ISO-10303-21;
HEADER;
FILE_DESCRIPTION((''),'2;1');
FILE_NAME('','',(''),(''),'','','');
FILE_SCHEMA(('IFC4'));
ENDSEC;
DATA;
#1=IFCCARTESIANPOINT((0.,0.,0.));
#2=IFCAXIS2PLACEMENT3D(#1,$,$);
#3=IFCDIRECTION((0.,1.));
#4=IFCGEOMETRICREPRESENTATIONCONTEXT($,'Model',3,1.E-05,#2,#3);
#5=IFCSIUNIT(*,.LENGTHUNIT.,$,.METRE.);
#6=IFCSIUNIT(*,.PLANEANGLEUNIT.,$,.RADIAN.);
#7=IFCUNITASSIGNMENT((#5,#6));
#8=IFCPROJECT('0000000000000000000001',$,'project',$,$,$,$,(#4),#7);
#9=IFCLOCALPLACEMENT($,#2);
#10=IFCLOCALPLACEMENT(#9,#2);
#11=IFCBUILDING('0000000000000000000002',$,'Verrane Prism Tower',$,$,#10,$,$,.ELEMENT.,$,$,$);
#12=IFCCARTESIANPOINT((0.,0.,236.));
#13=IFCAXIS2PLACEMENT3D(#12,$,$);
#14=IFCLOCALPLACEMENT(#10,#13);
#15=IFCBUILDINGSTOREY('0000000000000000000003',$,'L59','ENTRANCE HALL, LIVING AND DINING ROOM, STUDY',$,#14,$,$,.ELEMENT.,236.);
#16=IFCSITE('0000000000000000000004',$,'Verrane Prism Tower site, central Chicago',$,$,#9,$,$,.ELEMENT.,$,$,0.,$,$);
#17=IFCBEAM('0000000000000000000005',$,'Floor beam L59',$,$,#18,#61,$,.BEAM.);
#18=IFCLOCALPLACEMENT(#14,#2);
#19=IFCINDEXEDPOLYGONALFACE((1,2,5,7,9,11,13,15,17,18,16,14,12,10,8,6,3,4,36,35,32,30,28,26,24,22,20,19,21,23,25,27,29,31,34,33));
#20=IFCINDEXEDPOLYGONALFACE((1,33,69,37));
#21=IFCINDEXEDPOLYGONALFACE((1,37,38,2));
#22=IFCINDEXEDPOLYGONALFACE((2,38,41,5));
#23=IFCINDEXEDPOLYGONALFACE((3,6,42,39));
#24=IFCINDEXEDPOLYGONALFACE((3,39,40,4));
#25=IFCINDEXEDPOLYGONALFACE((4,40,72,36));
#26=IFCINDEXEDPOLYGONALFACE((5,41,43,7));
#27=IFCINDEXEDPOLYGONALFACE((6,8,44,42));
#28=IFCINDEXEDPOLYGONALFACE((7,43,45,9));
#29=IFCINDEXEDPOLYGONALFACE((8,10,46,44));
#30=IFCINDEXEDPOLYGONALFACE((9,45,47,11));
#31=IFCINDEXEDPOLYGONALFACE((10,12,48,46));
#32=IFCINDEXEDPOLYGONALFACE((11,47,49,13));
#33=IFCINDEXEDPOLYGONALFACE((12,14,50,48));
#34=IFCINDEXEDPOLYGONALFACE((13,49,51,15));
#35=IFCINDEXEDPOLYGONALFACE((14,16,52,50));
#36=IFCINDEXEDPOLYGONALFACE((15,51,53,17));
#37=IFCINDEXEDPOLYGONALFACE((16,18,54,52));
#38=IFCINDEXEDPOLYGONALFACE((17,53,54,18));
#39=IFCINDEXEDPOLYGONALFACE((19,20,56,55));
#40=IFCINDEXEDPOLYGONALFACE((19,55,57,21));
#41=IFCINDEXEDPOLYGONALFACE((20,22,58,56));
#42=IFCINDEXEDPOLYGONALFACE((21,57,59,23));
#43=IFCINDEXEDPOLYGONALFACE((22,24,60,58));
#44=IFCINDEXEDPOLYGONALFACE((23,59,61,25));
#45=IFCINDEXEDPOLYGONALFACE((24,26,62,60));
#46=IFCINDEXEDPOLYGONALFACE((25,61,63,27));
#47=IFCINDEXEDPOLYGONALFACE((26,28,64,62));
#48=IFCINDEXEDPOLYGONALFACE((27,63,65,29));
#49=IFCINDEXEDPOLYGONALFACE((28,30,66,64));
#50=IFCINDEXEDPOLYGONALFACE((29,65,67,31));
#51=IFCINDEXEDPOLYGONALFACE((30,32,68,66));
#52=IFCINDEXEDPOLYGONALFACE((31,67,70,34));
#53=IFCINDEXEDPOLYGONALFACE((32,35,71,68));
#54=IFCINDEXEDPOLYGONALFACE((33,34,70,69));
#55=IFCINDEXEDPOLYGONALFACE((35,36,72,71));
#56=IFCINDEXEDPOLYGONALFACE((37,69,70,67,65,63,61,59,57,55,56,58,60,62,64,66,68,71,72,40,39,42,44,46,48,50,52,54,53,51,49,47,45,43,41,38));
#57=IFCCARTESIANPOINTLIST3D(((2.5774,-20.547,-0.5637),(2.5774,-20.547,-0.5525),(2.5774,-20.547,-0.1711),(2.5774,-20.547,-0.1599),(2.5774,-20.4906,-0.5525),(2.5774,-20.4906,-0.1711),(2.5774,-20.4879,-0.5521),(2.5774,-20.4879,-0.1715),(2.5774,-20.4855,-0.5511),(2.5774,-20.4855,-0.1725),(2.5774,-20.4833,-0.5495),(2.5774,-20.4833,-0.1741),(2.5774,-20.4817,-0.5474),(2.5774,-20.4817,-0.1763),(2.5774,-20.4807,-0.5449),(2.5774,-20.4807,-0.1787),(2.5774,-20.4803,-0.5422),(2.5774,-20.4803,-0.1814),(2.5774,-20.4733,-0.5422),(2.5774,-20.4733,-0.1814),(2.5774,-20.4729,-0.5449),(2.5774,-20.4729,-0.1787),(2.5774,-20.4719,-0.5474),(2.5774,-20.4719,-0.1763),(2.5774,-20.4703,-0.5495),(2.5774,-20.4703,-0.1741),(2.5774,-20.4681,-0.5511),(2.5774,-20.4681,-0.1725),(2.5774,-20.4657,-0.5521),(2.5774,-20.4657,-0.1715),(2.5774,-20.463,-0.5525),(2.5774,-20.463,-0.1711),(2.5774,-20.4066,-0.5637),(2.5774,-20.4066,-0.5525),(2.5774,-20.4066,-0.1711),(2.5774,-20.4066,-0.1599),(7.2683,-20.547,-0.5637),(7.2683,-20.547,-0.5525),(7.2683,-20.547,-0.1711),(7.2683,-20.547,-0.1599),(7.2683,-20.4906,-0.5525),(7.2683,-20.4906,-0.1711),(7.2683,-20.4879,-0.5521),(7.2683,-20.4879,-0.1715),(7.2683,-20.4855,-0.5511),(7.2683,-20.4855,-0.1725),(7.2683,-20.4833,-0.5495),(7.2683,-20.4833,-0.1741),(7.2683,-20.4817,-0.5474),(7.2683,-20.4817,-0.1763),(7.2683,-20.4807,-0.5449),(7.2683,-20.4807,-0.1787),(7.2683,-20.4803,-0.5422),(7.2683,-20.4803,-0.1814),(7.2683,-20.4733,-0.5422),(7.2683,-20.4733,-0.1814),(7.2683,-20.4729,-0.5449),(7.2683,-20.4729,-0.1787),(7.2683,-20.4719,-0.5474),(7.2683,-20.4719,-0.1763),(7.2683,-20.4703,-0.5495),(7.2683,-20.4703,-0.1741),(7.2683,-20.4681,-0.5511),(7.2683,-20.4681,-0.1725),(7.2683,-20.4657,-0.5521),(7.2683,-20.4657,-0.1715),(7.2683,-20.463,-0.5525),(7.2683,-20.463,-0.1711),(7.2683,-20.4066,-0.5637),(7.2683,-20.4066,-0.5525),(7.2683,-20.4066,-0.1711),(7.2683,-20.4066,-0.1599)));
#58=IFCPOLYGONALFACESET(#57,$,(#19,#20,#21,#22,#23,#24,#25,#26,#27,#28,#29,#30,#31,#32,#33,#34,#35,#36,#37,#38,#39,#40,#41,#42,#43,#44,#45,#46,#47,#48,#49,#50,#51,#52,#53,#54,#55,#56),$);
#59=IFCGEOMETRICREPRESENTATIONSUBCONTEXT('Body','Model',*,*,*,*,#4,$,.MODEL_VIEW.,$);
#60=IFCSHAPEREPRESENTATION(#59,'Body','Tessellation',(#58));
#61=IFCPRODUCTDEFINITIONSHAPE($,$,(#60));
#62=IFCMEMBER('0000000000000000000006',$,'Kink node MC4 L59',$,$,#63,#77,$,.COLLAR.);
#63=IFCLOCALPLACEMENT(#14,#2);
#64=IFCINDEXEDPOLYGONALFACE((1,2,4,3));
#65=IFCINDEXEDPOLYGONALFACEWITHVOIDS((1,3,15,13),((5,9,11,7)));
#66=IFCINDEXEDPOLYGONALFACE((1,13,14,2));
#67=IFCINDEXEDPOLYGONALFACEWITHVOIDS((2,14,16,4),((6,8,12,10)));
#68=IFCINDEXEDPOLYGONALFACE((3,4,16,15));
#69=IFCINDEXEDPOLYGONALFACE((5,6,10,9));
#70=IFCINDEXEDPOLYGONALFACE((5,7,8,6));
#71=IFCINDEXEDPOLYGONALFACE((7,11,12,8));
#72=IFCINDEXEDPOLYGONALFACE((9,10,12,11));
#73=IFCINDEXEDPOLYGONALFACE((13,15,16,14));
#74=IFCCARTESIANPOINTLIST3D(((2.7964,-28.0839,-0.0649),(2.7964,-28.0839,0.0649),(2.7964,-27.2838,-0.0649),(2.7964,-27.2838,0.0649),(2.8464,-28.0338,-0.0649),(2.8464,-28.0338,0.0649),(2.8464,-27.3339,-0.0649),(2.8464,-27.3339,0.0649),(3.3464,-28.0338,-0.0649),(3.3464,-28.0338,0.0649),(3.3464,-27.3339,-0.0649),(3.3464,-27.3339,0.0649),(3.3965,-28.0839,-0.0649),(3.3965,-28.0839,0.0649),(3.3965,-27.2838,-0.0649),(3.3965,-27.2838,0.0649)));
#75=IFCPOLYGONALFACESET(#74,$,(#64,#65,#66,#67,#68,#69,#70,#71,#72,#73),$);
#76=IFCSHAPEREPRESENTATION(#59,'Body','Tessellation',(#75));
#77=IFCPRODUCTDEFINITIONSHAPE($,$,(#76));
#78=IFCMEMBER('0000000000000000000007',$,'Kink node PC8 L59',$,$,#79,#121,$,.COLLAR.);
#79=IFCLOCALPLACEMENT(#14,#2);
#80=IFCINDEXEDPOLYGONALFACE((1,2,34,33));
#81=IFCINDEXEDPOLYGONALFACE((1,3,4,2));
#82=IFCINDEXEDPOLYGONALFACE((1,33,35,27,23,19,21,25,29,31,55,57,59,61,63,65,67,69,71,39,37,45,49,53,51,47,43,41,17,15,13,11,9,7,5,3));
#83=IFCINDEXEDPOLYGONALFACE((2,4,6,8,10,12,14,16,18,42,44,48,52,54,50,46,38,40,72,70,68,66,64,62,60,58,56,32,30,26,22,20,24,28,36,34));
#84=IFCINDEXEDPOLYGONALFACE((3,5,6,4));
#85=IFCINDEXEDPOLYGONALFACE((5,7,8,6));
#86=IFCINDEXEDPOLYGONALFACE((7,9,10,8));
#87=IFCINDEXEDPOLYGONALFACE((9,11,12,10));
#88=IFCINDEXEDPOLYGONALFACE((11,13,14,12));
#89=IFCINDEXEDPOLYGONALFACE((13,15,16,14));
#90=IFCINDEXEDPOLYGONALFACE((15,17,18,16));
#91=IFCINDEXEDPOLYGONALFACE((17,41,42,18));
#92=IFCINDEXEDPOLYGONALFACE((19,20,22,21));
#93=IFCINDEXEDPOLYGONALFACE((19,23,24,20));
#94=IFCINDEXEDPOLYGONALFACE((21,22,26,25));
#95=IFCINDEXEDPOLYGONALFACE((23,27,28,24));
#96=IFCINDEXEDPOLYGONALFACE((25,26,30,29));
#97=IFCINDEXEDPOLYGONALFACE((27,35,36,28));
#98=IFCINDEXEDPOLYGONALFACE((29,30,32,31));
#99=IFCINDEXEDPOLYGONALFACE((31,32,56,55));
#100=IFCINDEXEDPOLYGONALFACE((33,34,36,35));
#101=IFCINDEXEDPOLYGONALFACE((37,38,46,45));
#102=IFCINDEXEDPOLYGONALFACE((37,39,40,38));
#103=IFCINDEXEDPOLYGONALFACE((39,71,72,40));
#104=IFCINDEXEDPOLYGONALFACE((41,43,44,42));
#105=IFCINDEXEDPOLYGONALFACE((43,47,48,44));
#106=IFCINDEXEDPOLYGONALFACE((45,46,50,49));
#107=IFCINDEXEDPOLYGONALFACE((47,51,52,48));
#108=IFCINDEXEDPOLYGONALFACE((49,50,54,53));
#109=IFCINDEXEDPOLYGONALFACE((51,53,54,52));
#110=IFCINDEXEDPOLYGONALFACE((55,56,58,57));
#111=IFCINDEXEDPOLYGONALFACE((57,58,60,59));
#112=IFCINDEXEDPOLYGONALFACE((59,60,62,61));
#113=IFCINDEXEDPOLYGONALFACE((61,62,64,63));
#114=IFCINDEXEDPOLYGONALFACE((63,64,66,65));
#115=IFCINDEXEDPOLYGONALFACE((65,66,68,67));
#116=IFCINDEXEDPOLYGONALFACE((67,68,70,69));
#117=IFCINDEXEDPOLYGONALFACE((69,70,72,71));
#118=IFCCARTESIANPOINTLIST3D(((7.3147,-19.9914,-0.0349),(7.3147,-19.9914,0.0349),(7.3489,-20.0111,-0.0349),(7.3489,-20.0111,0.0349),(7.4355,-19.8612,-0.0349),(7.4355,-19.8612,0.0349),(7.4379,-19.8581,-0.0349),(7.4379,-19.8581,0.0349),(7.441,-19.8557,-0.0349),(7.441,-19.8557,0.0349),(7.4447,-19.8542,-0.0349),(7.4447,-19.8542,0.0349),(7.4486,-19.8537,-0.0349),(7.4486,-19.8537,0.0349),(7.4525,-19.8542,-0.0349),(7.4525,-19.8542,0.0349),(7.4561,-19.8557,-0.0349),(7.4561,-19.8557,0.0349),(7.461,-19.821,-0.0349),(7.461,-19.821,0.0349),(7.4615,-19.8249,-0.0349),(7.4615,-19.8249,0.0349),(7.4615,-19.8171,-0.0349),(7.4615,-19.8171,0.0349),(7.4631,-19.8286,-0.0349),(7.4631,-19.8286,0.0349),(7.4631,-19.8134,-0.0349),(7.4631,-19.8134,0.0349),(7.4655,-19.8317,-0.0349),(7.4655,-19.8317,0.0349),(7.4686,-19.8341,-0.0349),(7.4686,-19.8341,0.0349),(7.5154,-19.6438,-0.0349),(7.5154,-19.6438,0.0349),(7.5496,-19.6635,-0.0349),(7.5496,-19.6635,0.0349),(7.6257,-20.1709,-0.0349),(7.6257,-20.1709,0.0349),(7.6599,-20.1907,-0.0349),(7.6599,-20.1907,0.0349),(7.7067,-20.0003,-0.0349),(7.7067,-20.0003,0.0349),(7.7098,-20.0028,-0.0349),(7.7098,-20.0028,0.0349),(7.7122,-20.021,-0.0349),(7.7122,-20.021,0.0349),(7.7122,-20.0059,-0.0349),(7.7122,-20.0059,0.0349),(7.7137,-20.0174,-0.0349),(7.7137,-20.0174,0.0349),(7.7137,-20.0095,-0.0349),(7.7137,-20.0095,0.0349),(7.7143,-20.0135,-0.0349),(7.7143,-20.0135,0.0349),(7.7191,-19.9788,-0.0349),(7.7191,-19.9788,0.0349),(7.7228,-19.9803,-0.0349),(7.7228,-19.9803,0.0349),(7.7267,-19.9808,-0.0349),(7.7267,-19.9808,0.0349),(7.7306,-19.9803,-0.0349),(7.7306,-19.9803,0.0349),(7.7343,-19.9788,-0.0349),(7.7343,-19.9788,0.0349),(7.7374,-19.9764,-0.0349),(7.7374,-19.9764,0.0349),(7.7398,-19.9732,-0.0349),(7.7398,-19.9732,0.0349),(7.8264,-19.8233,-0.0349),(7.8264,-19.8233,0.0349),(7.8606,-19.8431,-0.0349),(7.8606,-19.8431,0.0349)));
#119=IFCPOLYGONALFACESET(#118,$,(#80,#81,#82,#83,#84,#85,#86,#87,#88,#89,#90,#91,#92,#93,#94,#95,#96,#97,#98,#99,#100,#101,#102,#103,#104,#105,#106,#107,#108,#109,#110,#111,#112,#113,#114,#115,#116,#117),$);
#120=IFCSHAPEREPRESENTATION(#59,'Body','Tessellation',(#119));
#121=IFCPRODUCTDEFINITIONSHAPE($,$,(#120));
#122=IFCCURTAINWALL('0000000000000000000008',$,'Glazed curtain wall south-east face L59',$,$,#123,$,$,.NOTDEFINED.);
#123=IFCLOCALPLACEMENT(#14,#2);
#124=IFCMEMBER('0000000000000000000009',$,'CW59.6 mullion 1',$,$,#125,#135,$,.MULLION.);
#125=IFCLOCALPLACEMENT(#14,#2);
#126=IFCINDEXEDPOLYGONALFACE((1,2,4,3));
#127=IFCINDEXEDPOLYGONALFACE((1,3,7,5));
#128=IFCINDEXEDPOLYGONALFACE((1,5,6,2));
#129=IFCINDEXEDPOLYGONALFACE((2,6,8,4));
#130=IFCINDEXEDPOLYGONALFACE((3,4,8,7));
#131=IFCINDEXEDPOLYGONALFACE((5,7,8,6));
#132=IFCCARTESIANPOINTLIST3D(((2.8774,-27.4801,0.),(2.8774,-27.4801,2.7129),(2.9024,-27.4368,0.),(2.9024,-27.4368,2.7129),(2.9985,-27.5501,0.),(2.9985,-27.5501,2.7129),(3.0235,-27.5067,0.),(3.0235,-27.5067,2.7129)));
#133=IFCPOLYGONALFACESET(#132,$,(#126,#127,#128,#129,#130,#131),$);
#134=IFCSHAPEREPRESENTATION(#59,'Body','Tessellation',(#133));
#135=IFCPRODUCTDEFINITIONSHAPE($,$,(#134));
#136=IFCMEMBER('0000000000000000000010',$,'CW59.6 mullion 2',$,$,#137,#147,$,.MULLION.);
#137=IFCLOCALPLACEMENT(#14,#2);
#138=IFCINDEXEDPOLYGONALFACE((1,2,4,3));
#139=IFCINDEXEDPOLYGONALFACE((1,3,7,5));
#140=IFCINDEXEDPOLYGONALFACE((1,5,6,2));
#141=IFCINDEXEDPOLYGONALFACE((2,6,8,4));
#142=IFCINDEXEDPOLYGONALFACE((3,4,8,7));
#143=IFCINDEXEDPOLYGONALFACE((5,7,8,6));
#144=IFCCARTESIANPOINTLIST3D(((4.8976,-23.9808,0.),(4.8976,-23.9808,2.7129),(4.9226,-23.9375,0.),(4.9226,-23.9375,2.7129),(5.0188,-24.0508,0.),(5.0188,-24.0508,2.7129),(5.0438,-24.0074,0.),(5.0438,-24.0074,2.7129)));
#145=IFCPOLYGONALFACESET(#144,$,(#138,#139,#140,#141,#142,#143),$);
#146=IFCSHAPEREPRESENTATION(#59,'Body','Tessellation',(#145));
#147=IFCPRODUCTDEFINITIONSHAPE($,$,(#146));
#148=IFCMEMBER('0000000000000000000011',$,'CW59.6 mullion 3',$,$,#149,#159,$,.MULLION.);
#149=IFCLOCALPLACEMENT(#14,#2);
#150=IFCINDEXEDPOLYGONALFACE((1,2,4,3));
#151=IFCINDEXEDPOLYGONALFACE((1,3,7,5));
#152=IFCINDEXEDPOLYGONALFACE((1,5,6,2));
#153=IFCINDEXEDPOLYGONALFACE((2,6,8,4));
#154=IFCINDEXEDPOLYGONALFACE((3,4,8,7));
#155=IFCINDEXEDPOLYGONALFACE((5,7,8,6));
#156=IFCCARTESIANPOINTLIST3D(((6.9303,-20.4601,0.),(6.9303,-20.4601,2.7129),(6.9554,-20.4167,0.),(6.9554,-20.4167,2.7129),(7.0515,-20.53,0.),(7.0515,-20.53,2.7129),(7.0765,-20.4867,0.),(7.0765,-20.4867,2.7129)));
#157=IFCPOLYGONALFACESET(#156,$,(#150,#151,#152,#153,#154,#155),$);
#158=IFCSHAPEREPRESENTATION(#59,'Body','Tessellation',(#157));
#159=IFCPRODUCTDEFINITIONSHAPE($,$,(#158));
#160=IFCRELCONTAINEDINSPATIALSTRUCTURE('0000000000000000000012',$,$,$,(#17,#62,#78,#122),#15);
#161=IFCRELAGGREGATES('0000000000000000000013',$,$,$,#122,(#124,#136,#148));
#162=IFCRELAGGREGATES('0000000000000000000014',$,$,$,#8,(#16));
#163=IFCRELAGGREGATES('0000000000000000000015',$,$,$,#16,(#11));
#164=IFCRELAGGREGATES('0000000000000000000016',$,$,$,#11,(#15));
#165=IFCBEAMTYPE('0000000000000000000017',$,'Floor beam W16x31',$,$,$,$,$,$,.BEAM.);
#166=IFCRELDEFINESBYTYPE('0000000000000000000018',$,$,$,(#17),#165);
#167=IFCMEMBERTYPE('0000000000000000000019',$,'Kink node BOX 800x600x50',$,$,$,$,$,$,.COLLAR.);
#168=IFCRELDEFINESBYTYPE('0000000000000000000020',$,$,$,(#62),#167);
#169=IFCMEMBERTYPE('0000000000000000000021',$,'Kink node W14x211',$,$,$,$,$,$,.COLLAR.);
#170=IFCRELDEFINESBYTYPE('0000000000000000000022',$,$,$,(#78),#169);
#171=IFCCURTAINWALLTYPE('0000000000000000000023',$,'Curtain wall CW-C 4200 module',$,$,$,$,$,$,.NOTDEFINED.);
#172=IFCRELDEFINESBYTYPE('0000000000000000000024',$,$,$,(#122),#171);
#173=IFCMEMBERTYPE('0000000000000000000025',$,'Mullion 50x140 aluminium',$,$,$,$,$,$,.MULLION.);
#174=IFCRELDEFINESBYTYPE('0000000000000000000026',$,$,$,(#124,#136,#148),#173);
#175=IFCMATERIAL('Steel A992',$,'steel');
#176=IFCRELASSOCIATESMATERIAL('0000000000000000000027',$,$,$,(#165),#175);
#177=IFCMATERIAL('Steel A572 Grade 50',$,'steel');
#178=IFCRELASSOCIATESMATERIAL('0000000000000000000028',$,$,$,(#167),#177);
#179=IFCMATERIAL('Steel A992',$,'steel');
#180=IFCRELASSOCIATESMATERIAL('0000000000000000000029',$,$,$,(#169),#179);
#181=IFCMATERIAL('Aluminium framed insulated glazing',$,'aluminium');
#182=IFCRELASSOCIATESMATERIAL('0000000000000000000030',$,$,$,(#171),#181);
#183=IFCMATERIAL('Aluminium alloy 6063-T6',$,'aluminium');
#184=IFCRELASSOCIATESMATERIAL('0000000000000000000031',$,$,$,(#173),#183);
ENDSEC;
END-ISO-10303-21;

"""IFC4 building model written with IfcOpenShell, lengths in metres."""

from ifc_helpers import new_model, si_unit, direction, frame, origin, origin_2d, place, context, subcontext, project, spatial, rectangle, hollow_rectangle, i_section, extrude, material, material_profile, profile_set, type_object, element, aggregate, save


model = new_model("IFC4")

# Units and contexts
model_context = context("Model", 3, precision=1e-05, world=origin(), true_north=direction((0.0, 1.0)))
body_context = subcontext(model_context, "Body", "Model", "MODEL_VIEW")
ifc_project = project(units=[si_unit("LENGTHUNIT", "METRE"), si_unit("PLANEANGLEUNIT", "RADIAN")], contexts=[model_context])

# Site, building, storey
site_placement = place(None, origin())
site = spatial("IfcSite", under=ifc_project, at=site_placement, Name="Verrane Prism Tower site, central Chicago", CompositionType="ELEMENT", RefElevation=0.0)
building_placement = place(site_placement, origin())
building = spatial("IfcBuilding", under=site, at=building_placement, Name="Verrane Prism Tower", CompositionType="ELEMENT")
storey_placement = place(building_placement, frame((0.0, 0.0, 236.0)))
storey = spatial("IfcBuildingStorey", under=building, at=storey_placement, Name="L59", Description="ENTRANCE HALL, LIVING AND DINING ROOM, STUDY", CompositionType="ELEMENT", Elevation=236.0)

# Beam
ifc_material_1 = material(Name="Steel A992", Category="steel")
ifc_material_profile_1 = material_profile(ifc_material_1, i_section(OverallWidth=0.1404, OverallDepth=0.4038, WebThickness=0.0071, FlangeThickness=0.0112, FilletRadius=0.0103, at=origin_2d()), Name="W16x31")
ifc_profile_set_1 = profile_set([ifc_material_profile_1], Name="Steel A992")
beam_type_1 = type_object("IfcBeamType", Name="Floor beam W16x31", PredefinedType="BEAM", material=ifc_profile_set_1)
beam_1_placement = place(storey_placement, frame((2.5774, -20.4768, -0.3618), z_axis=(1.0, 0.0, 0.0), x_axis=(0.0, 1.0, 0.0)))
element("IfcBeam", 1, at=beam_1_placement, inside=storey, type_object=beam_type_1, Name="Floor beam L59", PredefinedType="BEAM", context=body_context, shape_type="SweptSolid", body=[
    extrude(i_section(OverallWidth=0.1404, OverallDepth=0.4038, WebThickness=0.0071, FlangeThickness=0.0112, FilletRadius=0.0103, at=origin_2d()), origin(), (0.0, 0.0, 1.0), 4.6909),
])

# Members
ifc_material_2 = material(Name="Steel A572 Grade 50", Category="steel")
ifc_material_profile_2 = material_profile(ifc_material_2, hollow_rectangle(XDim=0.6001, YDim=0.8, WallThickness=0.05, at=origin_2d()), Name="BOX 800x600x50")
ifc_profile_set_2 = profile_set([ifc_material_profile_2], Name="Steel A572 Grade 50")
member_type_1 = type_object("IfcMemberType", Name="Kink node BOX 800x600x50", PredefinedType="COLLAR", material=ifc_profile_set_2)
member_1_placement = place(storey_placement, frame((3.0964, -27.6838, -0.0649), z_axis=(0.0, 0.0, 1.0), x_axis=(-1.0, 0.0, 0.0)))
element("IfcMember", 2, at=member_1_placement, inside=storey, type_object=member_type_1, Name="Kink node MC4 L59", PredefinedType="COLLAR", context=body_context, shape_type="SweptSolid", body=[
    extrude(hollow_rectangle(XDim=0.6001, YDim=0.8, WallThickness=0.05, at=origin_2d()), origin(), (0.0, 0.0, 1.0), 0.1299),
])
ifc_material_3 = material(Name="Steel A992", Category="steel")
ifc_material_profile_3 = material_profile(ifc_material_3, i_section(OverallWidth=0.4014, OverallDepth=0.3987, WebThickness=0.0249, FlangeThickness=0.0396, FilletRadius=0.0151, at=origin_2d()), Name="W14x211")
ifc_profile_set_3 = profile_set([ifc_material_profile_3], Name="Steel A992")
member_type_2 = type_object("IfcMemberType", Name="Kink node W14x211", PredefinedType="COLLAR", material=ifc_profile_set_3)
member_2_placement = place(storey_placement, frame((7.5876, -19.9172, -0.0349), z_axis=(0.0, 0.0, 1.0), x_axis=(-0.5, -0.866025, 0.0)))
element("IfcMember", 3, at=member_2_placement, inside=storey, type_object=member_type_2, Name="Kink node PC8 L59", PredefinedType="COLLAR", context=body_context, shape_type="SweptSolid", body=[
    extrude(i_section(OverallWidth=0.4014, OverallDepth=0.3987, WebThickness=0.0249, FlangeThickness=0.0396, FilletRadius=0.0151, at=origin_2d()), origin(), (0.0, 0.0, 1.0), 0.0698),
])

# Curtain wall, members
ifc_material_4 = material(Name="Aluminium framed insulated glazing", Category="aluminium")
curtain_wall_type_1 = type_object("IfcCurtainWallType", Name="Curtain wall CW-C 4200 module", PredefinedType="NOTDEFINED", material=ifc_material_4)
curtain_wall_1_placement = place(storey_placement, origin())
curtain_wall_1 = element("IfcCurtainWall", 4, at=curtain_wall_1_placement, inside=storey, type_object=curtain_wall_type_1, Name="Glazed curtain wall south-east face L59", PredefinedType="NOTDEFINED")
ifc_material_5 = material(Name="Aluminium alloy 6063-T6", Category="aluminium")
ifc_material_profile_4 = material_profile(ifc_material_5, rectangle(XDim=0.1399, YDim=0.05, at=origin_2d()), Name="Mullion 50x140 aluminium")
ifc_profile_set_4 = profile_set([ifc_material_profile_4], Name="Aluminium alloy 6063-T6")
member_type_3 = type_object("IfcMemberType", Name="Mullion 50x140 aluminium", PredefinedType="MULLION", material=ifc_profile_set_4)
member_3_placement = place(storey_placement, frame((2.9504, -27.4934, 0.0), z_axis=(0.0, 0.0, 1.0), x_axis=(-0.866026, 0.499999, 0.0)))
member_3 = element("IfcMember", 5, at=member_3_placement, type_object=member_type_3, Name="CW59.6 mullion 1", PredefinedType="MULLION", context=body_context, shape_type="SweptSolid", body=[
    extrude(rectangle(XDim=0.1399, YDim=0.05, at=origin_2d()), origin(), (0.0, 0.0, 1.0), 2.7129),
])
member_4_placement = place(storey_placement, frame((4.9707, -23.9941, 0.0), z_axis=(0.0, 0.0, 1.0), x_axis=(-0.866026, 0.499999, 0.0)))
member_4 = element("IfcMember", 6, at=member_4_placement, type_object=member_type_3, Name="CW59.6 mullion 2", PredefinedType="MULLION", context=body_context, shape_type="SweptSolid", body=[
    extrude(rectangle(XDim=0.1399, YDim=0.05, at=origin_2d()), origin(), (0.0, 0.0, 1.0), 2.7129),
])
member_5_placement = place(storey_placement, frame((7.0034, -20.4734, 0.0), z_axis=(0.0, 0.0, 1.0), x_axis=(-0.866026, 0.499999, 0.0)))
member_5 = element("IfcMember", 7, at=member_5_placement, type_object=member_type_3, Name="CW59.6 mullion 3", PredefinedType="MULLION", context=body_context, shape_type="SweptSolid", body=[
    extrude(rectangle(XDim=0.1399, YDim=0.05, at=origin_2d()), origin(), (0.0, 0.0, 1.0), 2.7129),
])

aggregate(curtain_wall_1, [member_3, member_4, member_5])

save(model, "model.ifc")
